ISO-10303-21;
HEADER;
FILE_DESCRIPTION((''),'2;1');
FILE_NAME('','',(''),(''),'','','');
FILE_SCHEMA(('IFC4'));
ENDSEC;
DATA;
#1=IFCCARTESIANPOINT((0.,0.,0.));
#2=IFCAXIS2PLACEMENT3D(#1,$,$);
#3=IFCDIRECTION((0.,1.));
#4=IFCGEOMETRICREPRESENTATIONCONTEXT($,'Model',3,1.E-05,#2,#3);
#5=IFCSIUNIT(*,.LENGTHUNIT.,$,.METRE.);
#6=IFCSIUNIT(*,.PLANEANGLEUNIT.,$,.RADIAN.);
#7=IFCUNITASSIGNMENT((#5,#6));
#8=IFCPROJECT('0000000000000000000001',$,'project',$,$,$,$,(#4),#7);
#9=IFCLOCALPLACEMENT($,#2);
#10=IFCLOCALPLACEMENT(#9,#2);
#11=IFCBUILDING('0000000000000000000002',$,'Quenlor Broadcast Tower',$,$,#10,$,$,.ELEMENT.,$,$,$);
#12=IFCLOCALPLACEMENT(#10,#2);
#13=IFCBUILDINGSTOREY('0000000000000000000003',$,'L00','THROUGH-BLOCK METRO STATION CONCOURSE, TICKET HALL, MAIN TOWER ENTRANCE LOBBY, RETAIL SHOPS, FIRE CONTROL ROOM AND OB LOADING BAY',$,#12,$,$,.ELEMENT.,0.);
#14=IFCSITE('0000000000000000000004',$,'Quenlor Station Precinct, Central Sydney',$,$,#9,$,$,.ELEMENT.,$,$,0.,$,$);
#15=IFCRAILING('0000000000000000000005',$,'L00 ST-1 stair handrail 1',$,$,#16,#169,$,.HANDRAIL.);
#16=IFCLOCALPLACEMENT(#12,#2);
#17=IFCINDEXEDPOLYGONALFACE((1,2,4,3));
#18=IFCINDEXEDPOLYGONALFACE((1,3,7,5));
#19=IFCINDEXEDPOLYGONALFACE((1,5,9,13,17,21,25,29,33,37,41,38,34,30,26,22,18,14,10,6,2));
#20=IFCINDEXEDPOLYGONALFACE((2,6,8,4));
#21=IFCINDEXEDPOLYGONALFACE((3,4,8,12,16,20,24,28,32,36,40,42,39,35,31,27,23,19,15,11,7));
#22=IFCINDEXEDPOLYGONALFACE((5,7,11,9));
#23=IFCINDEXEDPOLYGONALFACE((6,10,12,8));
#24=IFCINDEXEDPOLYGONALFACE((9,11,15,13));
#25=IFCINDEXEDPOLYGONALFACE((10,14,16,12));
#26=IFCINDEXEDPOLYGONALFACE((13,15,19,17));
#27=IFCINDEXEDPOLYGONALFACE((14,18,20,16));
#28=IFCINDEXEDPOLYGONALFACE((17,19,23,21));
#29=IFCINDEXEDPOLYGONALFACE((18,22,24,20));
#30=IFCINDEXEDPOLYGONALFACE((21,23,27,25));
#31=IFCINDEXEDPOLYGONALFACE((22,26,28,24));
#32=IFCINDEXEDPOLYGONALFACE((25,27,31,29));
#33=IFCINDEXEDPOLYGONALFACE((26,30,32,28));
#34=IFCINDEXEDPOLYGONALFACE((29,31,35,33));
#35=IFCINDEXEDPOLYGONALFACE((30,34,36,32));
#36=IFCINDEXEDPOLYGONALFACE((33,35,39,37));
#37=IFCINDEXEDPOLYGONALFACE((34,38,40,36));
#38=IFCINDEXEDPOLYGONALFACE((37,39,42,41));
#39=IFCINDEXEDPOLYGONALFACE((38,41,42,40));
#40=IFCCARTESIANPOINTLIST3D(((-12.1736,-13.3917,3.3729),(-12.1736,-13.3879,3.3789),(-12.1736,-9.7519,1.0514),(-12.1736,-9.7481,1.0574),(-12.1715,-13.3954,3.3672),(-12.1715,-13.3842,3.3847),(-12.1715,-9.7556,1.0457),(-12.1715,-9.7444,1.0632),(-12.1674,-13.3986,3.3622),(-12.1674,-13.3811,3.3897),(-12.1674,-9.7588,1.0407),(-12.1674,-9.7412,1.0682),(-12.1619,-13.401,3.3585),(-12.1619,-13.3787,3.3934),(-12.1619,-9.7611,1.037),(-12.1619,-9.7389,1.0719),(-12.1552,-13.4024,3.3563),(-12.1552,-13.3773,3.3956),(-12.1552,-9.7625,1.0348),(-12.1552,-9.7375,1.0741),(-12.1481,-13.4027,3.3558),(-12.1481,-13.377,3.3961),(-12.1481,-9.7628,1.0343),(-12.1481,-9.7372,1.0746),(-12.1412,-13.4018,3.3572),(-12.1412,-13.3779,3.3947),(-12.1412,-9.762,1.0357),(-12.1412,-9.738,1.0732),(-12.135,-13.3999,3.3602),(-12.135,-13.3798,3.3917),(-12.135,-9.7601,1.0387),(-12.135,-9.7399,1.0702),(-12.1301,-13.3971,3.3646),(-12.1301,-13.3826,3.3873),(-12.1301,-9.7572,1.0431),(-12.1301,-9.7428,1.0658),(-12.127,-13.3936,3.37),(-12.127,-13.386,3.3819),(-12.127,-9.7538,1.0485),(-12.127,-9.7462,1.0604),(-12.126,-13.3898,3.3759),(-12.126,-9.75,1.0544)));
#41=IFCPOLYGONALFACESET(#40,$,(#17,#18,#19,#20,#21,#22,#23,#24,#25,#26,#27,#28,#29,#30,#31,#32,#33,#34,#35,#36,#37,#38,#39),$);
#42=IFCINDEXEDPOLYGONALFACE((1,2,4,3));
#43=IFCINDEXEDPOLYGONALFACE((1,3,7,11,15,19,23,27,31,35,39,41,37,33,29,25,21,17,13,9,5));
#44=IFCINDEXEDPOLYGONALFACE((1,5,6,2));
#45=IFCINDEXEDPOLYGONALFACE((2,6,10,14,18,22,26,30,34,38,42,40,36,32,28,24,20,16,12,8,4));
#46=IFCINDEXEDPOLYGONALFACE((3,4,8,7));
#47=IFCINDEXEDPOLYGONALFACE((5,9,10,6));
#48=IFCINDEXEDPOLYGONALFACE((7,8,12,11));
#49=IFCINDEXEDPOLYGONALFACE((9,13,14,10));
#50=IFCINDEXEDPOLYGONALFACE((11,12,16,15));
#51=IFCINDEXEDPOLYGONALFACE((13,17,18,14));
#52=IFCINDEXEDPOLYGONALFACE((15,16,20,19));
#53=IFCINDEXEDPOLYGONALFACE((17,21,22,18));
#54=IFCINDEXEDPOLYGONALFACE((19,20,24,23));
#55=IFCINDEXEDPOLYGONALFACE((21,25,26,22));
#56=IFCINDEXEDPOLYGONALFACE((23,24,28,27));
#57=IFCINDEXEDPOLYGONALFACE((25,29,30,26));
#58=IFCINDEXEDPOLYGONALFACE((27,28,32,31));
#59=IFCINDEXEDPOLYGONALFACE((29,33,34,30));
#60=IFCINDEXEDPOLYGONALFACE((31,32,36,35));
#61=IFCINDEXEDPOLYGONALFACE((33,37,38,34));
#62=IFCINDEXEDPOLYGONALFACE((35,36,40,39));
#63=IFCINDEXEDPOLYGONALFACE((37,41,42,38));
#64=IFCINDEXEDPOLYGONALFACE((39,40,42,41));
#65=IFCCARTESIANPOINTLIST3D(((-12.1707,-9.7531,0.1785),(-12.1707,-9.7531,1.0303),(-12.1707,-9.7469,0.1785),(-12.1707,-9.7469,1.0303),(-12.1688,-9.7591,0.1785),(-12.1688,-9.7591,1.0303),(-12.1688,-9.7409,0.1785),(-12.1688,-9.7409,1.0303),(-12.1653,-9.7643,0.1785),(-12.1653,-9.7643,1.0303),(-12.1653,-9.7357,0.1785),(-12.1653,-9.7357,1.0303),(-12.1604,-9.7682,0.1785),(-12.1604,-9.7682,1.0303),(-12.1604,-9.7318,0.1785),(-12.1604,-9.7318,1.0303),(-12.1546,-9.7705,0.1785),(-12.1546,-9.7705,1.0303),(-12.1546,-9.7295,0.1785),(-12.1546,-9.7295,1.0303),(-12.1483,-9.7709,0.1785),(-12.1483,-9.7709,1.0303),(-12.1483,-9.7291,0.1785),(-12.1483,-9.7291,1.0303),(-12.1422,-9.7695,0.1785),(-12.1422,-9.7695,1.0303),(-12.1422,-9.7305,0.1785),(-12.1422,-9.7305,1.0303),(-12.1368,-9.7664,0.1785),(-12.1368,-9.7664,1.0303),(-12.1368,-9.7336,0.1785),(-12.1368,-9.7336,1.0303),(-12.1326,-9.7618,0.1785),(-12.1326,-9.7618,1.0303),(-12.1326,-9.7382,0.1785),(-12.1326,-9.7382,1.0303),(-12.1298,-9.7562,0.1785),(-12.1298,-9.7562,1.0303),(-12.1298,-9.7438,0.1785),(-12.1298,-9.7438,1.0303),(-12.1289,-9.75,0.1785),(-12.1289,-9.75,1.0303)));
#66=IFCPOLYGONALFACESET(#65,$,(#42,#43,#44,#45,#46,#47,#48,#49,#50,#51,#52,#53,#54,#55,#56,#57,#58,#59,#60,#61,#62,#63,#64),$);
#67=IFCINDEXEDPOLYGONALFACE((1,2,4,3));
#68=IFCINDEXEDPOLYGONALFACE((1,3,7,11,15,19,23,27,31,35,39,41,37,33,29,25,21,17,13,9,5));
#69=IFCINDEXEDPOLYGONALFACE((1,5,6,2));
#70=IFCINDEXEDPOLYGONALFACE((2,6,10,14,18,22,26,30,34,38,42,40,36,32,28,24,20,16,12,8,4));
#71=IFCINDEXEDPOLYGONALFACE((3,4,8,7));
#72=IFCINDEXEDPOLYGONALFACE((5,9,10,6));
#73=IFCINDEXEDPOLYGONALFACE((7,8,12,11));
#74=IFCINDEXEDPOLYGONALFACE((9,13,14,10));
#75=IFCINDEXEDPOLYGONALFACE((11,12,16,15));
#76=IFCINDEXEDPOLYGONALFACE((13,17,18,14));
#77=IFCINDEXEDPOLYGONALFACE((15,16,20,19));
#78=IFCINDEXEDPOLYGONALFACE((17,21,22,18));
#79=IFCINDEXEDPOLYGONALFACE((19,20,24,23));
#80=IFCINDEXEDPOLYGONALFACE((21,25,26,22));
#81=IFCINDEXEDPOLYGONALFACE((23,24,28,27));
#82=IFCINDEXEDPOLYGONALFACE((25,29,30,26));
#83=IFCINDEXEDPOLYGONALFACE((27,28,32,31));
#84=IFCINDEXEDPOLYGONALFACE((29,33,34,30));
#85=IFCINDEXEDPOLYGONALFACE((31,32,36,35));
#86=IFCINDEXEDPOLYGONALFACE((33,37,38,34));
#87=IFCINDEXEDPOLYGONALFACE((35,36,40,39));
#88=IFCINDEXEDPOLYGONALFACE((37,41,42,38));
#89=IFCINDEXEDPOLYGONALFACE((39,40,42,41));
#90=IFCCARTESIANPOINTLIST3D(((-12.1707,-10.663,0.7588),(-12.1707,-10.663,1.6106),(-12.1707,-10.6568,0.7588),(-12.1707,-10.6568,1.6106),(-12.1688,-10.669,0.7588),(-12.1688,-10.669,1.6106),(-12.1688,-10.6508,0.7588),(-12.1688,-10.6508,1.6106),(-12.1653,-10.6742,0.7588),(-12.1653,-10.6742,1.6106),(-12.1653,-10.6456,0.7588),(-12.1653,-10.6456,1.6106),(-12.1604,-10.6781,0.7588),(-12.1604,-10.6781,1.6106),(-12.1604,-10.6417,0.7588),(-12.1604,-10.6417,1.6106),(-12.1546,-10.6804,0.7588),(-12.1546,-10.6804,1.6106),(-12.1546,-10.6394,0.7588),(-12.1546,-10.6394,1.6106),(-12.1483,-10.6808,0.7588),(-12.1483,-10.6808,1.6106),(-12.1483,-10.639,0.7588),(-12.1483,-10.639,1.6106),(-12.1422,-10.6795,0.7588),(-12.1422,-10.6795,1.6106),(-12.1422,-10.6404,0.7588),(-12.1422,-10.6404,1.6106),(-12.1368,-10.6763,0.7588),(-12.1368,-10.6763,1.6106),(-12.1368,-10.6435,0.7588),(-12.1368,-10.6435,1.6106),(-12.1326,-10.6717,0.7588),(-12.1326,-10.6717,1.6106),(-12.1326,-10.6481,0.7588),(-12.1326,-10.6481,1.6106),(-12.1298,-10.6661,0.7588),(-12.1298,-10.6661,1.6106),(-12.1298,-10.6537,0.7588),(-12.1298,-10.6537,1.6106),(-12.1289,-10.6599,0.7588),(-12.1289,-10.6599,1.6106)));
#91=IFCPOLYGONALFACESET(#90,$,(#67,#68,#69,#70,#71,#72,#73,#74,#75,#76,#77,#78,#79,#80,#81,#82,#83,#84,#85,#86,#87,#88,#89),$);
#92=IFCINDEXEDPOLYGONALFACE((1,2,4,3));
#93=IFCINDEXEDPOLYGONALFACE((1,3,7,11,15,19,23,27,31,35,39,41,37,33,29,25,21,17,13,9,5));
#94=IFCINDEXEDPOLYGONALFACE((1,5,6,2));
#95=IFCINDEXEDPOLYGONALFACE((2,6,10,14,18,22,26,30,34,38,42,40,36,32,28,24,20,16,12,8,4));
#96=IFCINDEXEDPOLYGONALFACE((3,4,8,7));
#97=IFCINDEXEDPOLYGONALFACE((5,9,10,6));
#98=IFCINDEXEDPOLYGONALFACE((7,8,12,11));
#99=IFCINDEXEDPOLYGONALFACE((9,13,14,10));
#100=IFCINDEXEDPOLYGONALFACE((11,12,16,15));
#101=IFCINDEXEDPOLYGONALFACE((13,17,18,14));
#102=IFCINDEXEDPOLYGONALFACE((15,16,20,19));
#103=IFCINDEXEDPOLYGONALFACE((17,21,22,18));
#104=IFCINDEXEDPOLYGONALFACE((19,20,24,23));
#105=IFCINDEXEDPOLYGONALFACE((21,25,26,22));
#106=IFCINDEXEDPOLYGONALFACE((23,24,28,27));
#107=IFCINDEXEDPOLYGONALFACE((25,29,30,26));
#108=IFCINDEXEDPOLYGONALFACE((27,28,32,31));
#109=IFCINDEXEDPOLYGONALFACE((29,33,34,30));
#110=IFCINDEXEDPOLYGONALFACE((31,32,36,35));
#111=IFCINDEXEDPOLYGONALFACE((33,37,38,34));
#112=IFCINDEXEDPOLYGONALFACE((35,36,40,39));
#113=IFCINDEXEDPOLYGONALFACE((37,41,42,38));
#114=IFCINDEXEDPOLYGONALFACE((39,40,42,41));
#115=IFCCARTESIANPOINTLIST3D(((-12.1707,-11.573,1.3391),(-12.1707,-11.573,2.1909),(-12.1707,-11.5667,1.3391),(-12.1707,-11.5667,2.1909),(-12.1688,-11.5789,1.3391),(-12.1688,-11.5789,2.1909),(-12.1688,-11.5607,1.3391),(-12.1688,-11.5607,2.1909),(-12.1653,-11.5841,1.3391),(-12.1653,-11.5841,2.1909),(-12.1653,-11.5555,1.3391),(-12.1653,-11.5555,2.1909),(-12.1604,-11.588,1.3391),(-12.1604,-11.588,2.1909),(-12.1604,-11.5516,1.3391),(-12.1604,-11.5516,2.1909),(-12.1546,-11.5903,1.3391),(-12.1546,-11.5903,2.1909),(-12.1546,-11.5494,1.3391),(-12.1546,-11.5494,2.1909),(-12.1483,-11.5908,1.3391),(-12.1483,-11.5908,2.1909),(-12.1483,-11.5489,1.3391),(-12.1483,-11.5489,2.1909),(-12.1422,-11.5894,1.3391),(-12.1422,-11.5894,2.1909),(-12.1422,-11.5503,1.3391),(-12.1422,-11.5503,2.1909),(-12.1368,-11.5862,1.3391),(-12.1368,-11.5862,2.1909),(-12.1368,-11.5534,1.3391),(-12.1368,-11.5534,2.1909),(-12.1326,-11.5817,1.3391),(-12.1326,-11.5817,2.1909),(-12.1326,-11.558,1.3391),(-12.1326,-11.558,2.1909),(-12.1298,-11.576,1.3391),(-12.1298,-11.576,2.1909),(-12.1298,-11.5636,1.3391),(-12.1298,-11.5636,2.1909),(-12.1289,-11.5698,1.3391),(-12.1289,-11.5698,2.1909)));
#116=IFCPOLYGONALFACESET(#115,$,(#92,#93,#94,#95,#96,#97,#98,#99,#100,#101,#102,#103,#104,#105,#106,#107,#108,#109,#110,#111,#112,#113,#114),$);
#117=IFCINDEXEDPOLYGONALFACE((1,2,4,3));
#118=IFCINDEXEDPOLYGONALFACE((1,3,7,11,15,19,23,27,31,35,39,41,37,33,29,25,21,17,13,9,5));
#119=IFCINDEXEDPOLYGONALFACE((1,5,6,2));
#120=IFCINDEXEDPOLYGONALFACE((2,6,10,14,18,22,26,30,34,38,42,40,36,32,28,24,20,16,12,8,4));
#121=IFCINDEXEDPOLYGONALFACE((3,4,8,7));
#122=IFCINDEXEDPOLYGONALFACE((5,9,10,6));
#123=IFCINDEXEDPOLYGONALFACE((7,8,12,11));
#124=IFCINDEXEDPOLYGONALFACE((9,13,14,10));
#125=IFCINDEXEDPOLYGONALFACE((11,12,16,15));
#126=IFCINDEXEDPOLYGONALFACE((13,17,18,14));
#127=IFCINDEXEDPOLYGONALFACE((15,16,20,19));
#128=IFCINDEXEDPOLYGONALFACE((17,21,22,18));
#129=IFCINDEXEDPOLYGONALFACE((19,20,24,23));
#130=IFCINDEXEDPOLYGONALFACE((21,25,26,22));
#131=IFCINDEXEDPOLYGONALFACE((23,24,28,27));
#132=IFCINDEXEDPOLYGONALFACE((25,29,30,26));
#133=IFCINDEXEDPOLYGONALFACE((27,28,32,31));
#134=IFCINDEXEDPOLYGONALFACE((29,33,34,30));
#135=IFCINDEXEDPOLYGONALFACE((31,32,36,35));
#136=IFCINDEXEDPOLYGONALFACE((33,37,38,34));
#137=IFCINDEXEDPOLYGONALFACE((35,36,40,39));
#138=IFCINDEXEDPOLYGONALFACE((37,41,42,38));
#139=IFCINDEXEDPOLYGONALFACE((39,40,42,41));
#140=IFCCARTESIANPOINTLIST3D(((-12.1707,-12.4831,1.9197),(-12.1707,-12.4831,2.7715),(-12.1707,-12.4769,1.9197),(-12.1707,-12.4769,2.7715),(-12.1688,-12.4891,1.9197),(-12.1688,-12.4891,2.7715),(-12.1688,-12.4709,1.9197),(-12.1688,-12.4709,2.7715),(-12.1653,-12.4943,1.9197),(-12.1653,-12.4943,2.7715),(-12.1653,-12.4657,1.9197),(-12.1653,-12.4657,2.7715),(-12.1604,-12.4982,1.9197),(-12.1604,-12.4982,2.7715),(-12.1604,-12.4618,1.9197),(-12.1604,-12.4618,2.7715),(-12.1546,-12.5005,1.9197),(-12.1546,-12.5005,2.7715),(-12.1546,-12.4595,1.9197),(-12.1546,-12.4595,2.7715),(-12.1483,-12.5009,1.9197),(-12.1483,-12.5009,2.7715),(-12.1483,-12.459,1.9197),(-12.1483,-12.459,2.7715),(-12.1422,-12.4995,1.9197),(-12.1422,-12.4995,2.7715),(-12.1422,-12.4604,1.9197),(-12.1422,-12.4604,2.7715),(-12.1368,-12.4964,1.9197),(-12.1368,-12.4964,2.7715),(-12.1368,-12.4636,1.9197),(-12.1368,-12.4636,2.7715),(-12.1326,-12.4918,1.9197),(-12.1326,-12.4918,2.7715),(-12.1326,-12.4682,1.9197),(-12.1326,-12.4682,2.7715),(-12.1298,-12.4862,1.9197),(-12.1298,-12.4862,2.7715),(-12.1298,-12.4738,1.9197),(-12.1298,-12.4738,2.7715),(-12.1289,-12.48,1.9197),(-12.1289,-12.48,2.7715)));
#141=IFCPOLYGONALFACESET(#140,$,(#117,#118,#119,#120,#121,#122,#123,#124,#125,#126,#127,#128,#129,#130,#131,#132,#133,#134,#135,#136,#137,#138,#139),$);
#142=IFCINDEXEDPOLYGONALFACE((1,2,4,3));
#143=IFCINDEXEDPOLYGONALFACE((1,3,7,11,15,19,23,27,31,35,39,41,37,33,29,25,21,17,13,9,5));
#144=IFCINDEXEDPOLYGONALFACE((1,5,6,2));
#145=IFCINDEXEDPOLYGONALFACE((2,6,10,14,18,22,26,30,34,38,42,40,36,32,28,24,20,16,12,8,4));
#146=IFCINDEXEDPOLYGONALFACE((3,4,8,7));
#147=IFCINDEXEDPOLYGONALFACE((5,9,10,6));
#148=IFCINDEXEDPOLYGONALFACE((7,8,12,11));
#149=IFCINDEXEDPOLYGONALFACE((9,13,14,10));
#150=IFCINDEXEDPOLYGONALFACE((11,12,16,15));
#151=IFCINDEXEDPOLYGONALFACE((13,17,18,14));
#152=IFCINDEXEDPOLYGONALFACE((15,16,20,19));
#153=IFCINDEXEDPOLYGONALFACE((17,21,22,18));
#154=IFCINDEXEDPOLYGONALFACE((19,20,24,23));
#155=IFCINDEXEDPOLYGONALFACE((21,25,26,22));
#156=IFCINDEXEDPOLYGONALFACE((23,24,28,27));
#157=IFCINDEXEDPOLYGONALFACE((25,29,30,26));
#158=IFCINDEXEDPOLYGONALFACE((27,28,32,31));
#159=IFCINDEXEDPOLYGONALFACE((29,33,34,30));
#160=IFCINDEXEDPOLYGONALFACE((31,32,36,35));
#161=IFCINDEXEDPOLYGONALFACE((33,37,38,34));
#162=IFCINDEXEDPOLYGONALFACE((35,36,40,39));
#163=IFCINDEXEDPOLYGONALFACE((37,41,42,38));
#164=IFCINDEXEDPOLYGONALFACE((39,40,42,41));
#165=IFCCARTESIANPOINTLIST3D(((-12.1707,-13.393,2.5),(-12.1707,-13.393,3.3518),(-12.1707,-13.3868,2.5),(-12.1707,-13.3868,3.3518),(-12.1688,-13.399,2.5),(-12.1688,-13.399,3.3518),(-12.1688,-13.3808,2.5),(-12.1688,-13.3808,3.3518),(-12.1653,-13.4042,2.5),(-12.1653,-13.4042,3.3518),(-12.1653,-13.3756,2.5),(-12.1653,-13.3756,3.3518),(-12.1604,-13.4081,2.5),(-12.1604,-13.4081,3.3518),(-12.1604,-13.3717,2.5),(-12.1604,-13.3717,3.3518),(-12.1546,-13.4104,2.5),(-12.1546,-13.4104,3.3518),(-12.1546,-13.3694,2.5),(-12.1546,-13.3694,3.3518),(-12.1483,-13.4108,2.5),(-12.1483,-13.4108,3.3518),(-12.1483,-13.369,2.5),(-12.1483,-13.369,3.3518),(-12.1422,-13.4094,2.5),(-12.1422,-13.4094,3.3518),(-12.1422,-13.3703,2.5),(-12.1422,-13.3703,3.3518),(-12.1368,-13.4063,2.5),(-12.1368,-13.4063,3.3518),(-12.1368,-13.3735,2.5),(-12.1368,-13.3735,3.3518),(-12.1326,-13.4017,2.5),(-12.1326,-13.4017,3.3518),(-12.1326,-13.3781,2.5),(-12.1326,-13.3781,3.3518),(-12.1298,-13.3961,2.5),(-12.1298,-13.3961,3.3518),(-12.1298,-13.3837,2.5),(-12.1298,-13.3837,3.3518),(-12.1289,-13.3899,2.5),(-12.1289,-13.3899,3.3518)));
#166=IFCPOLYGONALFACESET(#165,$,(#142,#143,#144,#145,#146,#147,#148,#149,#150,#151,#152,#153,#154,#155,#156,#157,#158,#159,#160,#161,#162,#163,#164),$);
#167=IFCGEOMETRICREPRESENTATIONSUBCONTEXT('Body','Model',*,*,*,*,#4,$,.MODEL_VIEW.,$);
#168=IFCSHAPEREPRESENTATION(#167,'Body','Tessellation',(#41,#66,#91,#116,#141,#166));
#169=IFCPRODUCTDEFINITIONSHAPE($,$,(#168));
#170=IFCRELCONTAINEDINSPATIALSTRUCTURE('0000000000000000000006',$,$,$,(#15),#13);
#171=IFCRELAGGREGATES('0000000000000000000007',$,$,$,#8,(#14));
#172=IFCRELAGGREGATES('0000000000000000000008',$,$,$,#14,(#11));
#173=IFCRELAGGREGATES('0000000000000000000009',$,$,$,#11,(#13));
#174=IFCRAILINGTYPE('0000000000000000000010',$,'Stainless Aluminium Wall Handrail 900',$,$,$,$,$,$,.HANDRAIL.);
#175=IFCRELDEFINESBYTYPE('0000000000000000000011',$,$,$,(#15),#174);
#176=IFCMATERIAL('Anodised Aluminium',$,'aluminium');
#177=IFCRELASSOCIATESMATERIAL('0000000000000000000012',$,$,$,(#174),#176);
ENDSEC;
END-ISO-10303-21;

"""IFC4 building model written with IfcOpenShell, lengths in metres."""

from ifc_helpers import new_model, si_unit, direction, frame, origin, origin_2d, place, context, subcontext, project, spatial, circle, extrude, material, type_object, element, save


model = new_model("IFC4")

# Units and contexts
model_context = context("Model", 3, precision=1e-05, world=origin(), true_north=direction((0.0, 1.0)))
body_context = subcontext(model_context, "Body", "Model", "MODEL_VIEW")
ifc_project = project(units=[si_unit("LENGTHUNIT", "METRE"), si_unit("PLANEANGLEUNIT", "RADIAN")], contexts=[model_context])

# Site, building, storey
site_placement = place(None, origin())
site = spatial("IfcSite", under=ifc_project, at=site_placement, Name="Quenlor Station Precinct, Central Sydney", CompositionType="ELEMENT", RefElevation=0.0)
building_placement = place(site_placement, origin())
building = spatial("IfcBuilding", under=site, at=building_placement, Name="Quenlor Broadcast Tower", CompositionType="ELEMENT")
storey_placement = place(building_placement, origin())
storey = spatial("IfcBuildingStorey", under=building, at=storey_placement, Name="L00", Description="THROUGH-BLOCK METRO STATION CONCOURSE, TICKET HALL, MAIN TOWER ENTRANCE LOBBY, RETAIL SHOPS, FIRE CONTROL ROOM AND OB LOADING BAY", CompositionType="ELEMENT", Elevation=0.0)

# Railing
ifc_material_1 = material(Name="Anodised Aluminium", Category="aluminium")
railing_type = type_object("IfcRailingType", Name="Stainless Aluminium Wall Handrail 900", PredefinedType="HANDRAIL", material=ifc_material_1)
railing_placement = place(storey_placement, frame((-12.1499, -9.75, 0.1785)))
element("IfcRailing", 1, at=railing_placement, inside=storey, type_object=railing_type, Name="L00 ST-1 stair handrail 1", PredefinedType="HANDRAIL", context=body_context, shape_type="SweptSolid", body=[
    extrude(circle(Radius=0.0239, at=origin_2d()), frame((0.0, 0.0, 0.876), z_axis=(0.0, -0.843112, 0.537739), x_axis=(1.0, 0.0, 0.0)), (0.0, 0.0, 1.0), 4.3171),
    extrude(circle(Radius=0.021, at=origin_2d()), origin(), (0.0, 0.0, 1.0), 0.8518),
    extrude(circle(Radius=0.021, at=origin_2d()), frame((0.0, -0.9099, 0.5803)), (0.0, 0.0, 1.0), 0.8518),
    extrude(circle(Radius=0.021, at=origin_2d()), frame((0.0, -1.8198, 1.1606)), (0.0, 0.0, 1.0), 0.8518),
    extrude(circle(Radius=0.021, at=origin_2d()), frame((0.0, -2.73, 1.7412)), (0.0, 0.0, 1.0), 0.8518),
    extrude(circle(Radius=0.021, at=origin_2d()), frame((0.0, -3.6399, 2.3215)), (0.0, 0.0, 1.0), 0.8518),
])

save(model, "model.ifc")
